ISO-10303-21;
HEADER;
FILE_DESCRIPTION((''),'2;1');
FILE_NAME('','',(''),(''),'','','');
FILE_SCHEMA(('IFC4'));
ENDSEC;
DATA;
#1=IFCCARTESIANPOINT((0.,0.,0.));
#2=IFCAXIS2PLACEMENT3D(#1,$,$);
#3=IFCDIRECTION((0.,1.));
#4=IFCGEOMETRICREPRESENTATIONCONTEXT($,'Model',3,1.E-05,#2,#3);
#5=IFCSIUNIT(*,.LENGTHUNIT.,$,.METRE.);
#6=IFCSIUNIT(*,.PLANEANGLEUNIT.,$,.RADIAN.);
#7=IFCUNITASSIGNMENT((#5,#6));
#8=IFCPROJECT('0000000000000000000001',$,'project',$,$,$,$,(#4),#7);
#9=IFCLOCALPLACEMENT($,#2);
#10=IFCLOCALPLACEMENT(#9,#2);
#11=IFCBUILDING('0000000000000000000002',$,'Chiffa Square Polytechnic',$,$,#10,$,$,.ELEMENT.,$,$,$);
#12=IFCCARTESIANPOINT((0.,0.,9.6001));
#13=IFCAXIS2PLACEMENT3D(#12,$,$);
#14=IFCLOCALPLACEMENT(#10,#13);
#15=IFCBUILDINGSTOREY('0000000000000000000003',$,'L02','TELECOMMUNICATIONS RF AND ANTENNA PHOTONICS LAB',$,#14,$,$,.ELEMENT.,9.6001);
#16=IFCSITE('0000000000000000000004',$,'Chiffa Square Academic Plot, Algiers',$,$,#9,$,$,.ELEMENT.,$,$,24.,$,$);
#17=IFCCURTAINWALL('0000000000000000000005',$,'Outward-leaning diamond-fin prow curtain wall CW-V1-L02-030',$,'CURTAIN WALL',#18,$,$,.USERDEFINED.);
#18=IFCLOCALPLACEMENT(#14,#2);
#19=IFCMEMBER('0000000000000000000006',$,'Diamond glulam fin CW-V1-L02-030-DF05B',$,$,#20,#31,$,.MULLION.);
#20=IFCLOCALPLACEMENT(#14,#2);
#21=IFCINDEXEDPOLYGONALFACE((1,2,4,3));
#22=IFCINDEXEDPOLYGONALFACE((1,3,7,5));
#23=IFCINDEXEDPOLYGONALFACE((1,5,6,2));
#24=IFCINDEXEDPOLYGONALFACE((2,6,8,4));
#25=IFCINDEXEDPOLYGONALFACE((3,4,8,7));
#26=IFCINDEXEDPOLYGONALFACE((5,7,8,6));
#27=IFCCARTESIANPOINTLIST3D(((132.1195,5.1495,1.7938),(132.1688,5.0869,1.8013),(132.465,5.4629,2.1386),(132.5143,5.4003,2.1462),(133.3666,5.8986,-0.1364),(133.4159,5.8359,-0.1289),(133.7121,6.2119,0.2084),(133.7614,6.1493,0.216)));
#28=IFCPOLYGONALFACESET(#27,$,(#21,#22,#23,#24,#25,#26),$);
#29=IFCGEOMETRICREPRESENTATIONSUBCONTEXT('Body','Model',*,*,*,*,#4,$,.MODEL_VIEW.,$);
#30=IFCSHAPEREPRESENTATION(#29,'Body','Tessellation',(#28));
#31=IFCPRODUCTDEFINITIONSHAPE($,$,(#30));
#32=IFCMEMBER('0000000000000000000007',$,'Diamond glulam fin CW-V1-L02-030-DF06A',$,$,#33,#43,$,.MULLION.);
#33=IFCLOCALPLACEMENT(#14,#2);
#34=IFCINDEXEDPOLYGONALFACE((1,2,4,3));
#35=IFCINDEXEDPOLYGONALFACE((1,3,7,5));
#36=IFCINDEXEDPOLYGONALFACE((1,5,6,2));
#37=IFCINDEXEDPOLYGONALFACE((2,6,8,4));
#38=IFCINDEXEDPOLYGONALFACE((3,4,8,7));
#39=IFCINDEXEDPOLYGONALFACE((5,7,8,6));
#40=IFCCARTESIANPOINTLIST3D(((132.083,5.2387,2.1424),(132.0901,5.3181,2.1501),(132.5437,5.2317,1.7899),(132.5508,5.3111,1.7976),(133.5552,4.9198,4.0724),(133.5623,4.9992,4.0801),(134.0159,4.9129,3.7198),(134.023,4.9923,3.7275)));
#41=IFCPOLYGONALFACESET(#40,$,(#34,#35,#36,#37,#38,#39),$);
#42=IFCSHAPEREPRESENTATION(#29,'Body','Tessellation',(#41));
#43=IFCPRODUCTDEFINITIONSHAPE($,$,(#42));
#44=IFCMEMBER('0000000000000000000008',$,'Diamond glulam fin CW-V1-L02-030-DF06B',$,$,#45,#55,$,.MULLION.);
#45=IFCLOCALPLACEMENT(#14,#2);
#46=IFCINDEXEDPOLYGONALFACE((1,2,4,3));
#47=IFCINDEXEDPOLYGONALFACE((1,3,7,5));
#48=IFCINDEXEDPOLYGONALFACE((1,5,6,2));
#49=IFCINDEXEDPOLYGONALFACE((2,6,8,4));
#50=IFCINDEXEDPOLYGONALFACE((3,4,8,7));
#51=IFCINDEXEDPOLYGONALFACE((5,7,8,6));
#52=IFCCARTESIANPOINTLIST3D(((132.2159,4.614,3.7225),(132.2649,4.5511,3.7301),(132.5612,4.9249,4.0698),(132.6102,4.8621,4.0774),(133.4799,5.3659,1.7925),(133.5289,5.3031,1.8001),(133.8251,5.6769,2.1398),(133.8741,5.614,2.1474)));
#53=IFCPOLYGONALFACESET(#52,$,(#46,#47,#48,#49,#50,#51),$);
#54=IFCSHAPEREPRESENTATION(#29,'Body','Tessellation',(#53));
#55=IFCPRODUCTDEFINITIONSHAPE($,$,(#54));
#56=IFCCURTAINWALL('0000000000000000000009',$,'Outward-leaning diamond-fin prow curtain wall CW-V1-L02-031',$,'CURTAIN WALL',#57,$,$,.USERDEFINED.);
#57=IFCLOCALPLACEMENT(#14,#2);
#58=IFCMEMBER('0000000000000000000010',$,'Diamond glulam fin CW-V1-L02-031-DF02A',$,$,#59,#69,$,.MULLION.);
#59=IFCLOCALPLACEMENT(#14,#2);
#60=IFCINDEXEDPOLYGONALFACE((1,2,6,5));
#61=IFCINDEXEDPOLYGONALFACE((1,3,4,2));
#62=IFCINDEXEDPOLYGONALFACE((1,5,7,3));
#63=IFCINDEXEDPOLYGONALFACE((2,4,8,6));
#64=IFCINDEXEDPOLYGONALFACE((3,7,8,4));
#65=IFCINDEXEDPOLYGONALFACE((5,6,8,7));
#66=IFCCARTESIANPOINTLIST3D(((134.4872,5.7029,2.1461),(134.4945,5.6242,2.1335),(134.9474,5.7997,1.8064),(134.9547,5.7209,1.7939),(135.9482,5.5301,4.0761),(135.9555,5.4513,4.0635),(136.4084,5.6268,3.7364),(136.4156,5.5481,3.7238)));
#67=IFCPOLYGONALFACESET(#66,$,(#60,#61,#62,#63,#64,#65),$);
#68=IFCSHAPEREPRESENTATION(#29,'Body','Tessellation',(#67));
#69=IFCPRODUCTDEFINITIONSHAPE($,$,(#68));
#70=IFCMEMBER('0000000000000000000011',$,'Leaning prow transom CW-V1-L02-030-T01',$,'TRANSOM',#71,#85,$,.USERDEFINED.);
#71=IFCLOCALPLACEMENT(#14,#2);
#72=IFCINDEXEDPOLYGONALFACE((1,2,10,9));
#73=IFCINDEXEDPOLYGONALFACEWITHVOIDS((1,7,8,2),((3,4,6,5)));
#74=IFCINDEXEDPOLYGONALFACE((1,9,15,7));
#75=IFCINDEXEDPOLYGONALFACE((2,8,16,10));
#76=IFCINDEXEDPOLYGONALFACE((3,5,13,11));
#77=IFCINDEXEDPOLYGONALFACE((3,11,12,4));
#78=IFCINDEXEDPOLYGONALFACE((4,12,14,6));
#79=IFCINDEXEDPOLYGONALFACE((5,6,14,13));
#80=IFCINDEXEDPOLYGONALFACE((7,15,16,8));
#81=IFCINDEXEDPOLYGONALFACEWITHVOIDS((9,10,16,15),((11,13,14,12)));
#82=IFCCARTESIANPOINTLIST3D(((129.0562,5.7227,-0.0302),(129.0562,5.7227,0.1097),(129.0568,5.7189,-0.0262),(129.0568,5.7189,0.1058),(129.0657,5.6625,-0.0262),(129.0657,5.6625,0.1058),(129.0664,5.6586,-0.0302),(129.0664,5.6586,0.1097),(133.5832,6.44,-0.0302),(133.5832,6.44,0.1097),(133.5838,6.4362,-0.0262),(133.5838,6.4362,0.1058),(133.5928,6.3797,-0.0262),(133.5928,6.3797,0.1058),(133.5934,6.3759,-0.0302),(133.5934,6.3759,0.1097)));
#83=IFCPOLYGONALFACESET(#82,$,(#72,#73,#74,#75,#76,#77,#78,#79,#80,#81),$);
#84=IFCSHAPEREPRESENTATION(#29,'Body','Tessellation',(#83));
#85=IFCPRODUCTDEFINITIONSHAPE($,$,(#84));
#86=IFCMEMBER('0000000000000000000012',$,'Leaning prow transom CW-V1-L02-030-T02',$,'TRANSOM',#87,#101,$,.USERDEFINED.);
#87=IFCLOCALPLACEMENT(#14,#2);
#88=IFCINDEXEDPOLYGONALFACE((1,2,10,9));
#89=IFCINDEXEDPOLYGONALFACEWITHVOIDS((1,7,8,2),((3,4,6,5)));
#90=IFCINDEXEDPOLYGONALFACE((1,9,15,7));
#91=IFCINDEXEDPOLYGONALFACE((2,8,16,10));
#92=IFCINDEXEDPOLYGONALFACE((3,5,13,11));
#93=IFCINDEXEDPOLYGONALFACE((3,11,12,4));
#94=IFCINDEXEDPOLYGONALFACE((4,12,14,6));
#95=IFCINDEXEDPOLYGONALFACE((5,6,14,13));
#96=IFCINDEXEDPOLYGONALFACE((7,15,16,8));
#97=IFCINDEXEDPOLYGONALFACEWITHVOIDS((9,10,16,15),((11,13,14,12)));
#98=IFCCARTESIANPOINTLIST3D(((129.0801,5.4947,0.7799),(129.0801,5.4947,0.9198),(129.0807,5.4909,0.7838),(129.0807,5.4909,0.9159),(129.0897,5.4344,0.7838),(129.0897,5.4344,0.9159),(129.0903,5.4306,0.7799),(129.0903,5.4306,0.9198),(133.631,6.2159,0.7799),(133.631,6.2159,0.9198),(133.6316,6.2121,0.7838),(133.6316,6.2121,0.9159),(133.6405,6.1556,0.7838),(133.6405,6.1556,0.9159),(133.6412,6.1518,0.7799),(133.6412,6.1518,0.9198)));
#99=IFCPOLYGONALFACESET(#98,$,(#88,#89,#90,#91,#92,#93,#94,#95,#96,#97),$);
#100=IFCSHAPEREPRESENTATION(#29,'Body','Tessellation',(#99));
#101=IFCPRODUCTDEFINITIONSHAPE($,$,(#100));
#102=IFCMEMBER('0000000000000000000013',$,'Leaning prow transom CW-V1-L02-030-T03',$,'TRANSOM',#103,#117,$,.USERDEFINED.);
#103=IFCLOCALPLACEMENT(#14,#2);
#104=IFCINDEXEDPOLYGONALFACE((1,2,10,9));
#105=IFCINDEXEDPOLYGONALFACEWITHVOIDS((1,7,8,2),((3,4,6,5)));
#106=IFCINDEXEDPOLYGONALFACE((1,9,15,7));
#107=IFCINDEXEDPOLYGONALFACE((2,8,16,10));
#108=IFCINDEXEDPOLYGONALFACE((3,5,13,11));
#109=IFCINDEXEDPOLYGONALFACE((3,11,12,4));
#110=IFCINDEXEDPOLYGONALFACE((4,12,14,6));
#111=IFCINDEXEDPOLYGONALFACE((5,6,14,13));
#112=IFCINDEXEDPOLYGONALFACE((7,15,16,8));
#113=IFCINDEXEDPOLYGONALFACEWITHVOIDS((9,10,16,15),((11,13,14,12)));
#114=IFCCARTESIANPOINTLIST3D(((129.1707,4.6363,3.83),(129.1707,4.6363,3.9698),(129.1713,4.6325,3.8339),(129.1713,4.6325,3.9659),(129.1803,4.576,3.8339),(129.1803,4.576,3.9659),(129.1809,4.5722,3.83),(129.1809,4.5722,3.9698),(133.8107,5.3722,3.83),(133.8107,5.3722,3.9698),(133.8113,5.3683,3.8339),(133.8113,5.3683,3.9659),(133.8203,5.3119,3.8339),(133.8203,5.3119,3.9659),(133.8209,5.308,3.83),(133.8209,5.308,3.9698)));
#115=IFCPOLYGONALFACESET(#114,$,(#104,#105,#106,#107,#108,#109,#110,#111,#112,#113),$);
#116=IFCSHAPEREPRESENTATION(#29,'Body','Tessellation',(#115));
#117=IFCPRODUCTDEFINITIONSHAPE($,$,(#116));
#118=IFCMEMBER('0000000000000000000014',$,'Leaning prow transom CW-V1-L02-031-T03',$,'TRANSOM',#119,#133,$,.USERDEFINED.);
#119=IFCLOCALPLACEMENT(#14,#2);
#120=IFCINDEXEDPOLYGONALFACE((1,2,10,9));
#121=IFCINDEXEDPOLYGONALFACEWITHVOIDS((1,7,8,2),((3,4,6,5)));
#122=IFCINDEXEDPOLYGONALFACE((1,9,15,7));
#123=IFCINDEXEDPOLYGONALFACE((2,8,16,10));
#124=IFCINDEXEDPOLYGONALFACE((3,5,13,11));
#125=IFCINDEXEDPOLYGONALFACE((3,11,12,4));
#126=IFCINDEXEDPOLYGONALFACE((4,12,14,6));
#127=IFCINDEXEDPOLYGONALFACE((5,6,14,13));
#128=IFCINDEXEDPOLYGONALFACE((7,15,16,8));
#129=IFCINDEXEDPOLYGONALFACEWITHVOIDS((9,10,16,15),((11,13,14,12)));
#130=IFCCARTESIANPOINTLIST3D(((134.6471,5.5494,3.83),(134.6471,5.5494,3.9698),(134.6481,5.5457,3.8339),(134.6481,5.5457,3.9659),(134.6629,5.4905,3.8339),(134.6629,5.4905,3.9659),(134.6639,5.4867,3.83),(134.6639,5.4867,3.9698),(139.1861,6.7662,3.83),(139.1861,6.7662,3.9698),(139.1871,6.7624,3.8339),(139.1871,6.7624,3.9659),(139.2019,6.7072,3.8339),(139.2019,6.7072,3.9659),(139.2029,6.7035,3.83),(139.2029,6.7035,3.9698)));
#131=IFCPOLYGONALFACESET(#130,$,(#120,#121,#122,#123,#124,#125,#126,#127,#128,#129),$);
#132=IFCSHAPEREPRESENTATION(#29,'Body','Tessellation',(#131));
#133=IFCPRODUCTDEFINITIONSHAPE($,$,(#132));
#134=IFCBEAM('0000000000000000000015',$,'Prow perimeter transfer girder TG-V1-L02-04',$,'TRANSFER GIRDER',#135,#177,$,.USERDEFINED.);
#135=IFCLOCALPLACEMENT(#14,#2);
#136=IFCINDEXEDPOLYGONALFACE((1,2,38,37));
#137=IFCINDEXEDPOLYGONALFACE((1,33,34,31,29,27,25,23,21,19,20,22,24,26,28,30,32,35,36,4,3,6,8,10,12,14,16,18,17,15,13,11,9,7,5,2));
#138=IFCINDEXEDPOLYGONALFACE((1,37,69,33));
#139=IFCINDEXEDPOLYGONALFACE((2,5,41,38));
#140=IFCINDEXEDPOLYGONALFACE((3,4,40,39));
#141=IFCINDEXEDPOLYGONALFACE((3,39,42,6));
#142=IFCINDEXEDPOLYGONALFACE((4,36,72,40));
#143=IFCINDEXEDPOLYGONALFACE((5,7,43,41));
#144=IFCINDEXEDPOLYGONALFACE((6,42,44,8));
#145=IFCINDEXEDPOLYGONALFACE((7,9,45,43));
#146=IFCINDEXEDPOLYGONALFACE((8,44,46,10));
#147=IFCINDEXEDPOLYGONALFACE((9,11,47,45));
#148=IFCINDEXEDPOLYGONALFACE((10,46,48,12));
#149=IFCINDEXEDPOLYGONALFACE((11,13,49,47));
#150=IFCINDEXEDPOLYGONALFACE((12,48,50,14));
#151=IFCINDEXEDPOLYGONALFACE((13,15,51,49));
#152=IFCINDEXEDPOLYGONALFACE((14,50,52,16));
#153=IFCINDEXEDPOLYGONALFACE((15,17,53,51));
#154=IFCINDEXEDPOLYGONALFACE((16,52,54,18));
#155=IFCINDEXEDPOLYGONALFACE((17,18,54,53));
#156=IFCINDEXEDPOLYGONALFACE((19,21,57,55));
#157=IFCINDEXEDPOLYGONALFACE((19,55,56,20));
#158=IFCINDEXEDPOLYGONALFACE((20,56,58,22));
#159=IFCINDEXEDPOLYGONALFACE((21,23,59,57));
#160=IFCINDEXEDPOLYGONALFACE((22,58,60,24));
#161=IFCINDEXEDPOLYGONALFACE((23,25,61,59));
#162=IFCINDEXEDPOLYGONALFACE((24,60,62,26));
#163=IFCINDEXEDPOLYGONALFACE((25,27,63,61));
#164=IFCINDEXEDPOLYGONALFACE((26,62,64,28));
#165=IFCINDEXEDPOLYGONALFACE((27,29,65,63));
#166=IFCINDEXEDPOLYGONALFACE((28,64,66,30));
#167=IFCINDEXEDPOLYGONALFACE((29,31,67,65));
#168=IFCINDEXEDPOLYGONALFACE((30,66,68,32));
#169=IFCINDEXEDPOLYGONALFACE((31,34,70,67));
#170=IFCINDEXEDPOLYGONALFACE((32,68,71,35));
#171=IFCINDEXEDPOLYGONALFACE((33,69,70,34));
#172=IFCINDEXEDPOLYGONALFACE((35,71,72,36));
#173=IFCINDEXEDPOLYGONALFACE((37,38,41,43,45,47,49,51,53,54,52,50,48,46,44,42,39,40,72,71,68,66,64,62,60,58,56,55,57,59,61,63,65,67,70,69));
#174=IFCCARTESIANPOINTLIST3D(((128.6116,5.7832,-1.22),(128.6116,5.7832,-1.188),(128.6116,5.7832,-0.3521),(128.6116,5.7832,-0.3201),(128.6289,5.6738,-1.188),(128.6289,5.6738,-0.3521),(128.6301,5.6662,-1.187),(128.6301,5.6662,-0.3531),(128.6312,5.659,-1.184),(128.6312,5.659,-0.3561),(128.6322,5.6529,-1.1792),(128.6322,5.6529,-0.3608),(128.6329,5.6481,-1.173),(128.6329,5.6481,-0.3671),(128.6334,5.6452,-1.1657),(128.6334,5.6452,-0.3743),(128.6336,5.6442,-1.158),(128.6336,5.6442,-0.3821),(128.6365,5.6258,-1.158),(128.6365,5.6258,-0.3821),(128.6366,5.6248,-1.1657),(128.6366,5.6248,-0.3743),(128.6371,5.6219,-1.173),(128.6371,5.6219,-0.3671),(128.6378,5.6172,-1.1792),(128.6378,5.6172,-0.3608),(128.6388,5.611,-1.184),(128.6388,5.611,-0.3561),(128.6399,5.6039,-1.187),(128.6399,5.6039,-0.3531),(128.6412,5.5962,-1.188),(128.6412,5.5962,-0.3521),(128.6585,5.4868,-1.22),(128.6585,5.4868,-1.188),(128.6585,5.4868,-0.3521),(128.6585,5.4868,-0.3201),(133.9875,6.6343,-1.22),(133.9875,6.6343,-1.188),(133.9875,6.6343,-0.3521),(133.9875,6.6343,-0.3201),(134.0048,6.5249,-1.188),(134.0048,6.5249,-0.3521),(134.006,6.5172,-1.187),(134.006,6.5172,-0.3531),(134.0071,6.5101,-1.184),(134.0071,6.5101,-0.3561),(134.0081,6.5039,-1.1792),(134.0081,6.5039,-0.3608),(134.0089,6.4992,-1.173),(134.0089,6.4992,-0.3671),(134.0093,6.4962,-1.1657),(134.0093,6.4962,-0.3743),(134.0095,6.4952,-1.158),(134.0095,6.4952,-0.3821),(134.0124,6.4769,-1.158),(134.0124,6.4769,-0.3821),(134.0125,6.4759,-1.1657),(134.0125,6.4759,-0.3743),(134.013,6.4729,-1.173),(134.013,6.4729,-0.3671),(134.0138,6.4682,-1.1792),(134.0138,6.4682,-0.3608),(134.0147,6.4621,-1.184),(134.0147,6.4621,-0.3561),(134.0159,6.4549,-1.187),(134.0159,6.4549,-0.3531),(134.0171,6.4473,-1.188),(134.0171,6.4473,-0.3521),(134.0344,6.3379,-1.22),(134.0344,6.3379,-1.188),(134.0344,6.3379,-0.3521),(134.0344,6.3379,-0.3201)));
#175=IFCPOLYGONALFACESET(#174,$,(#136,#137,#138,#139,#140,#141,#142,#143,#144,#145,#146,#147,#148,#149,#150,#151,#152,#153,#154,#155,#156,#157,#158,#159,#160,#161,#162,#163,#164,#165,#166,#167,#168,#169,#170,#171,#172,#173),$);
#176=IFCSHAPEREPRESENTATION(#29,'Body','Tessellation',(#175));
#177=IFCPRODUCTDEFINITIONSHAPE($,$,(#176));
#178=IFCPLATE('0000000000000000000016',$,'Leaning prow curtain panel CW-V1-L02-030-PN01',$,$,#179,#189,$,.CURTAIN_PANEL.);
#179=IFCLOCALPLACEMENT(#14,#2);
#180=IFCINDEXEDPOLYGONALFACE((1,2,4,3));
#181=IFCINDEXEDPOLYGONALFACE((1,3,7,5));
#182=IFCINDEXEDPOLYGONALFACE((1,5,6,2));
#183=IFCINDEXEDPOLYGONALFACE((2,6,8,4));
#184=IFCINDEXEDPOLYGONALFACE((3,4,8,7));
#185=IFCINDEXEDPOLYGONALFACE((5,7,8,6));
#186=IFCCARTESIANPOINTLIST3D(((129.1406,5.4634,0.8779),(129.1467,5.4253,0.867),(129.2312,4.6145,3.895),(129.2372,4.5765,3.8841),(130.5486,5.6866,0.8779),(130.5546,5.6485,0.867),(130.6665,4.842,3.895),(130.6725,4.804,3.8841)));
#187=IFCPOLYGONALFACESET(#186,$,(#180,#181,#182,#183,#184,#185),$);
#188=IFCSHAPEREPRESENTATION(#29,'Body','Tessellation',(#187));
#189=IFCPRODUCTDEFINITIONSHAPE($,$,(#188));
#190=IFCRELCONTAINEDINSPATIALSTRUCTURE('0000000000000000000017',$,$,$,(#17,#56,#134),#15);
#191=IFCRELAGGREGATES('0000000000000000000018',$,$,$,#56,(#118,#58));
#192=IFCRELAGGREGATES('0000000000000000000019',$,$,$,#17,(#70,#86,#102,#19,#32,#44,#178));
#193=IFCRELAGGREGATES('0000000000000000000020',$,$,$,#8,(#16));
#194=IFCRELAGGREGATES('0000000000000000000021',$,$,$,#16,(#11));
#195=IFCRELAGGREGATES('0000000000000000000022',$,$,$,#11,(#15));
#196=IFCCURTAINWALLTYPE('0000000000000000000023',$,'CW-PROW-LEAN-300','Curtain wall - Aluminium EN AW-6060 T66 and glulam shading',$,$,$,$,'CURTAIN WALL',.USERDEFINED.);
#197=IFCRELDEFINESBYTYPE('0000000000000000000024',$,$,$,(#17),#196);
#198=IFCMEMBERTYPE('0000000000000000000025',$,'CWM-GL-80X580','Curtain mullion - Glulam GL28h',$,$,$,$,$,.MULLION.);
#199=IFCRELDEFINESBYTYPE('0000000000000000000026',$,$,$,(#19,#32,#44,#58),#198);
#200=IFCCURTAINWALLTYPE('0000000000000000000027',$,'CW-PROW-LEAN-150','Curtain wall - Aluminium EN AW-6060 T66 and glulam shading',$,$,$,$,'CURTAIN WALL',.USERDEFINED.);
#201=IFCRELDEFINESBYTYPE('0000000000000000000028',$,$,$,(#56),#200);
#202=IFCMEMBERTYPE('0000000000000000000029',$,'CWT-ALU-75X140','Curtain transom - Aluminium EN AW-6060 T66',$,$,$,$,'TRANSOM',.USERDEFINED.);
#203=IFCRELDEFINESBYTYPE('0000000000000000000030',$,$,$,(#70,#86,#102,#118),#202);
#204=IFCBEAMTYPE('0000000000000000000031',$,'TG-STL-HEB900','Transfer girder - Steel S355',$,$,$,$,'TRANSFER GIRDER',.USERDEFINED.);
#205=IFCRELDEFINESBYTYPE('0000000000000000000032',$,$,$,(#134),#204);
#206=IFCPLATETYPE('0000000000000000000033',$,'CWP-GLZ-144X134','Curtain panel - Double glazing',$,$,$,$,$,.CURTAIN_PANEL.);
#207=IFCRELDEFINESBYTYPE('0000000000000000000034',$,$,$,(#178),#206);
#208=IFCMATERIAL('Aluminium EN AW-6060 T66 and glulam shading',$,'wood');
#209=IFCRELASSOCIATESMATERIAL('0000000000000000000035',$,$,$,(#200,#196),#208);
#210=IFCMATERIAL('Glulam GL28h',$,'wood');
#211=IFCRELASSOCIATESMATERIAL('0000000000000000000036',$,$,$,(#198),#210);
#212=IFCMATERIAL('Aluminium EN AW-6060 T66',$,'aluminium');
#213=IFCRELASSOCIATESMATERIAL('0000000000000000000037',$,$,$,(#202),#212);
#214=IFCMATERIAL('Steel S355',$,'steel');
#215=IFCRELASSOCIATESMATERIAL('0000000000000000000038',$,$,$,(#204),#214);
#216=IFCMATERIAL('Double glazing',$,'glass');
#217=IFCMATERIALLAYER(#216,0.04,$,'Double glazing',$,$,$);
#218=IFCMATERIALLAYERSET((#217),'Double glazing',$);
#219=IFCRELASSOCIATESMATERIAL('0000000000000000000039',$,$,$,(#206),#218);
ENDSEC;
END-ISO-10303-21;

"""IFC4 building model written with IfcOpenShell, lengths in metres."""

from ifc_helpers import new_model, si_unit, direction, frame, origin, origin_2d, place, context, subcontext, project, spatial, polyline, rectangle, hollow_rectangle, i_section, outline, extrude, material, layer, layer_set, material_profile, profile_set, type_object, element, aggregate, save


model = new_model("IFC4")

# Units and contexts
model_context = context("Model", 3, precision=1e-05, world=origin(), true_north=direction((0.0, 1.0)))
body_context = subcontext(model_context, "Body", "Model", "MODEL_VIEW")
ifc_project = project(units=[si_unit("LENGTHUNIT", "METRE"), si_unit("PLANEANGLEUNIT", "RADIAN")], contexts=[model_context])

# Site, building, storey
site_placement = place(None, origin())
site = spatial("IfcSite", under=ifc_project, at=site_placement, Name="Chiffa Square Academic Plot, Algiers", CompositionType="ELEMENT", RefElevation=24.0)
building_placement = place(site_placement, origin())
building = spatial("IfcBuilding", under=site, at=building_placement, Name="Chiffa Square Polytechnic", CompositionType="ELEMENT")
storey_placement = place(building_placement, frame((0.0, 0.0, 9.6001)))
storey = spatial("IfcBuildingStorey", under=building, at=storey_placement, Name="L02", Description="TELECOMMUNICATIONS RF AND ANTENNA PHOTONICS LAB", CompositionType="ELEMENT", Elevation=9.6001)

# Shared definitions
ifc_material_1 = material(Name="Aluminium EN AW-6060 T66 and glulam shading", Category="wood")
curtain_wall_type_1 = type_object("IfcCurtainWallType", Name="CW-PROW-LEAN-150", Description="Curtain wall - Aluminium EN AW-6060 T66 and glulam shading", ElementType="CURTAIN WALL", PredefinedType="USERDEFINED", material=ifc_material_1)
ifc_material_2 = material(Name="Aluminium EN AW-6060 T66", Category="aluminium")

# Curtain wall, members
curtain_wall_type_2 = type_object("IfcCurtainWallType", Name="CW-PROW-LEAN-300", Description="Curtain wall - Aluminium EN AW-6060 T66 and glulam shading", ElementType="CURTAIN WALL", PredefinedType="USERDEFINED", material=ifc_material_1)
curtain_wall_1_placement = place(storey_placement, origin())
curtain_wall_1 = element("IfcCurtainWall", 1, at=curtain_wall_1_placement, inside=storey, type_object=curtain_wall_type_2, Name="Outward-leaning diamond-fin prow curtain wall CW-V1-L02-030", ObjectType="CURTAIN WALL", PredefinedType="USERDEFINED")
ifc_material_3 = material(Name="Glulam GL28h", Category="wood")
ifc_material_profile_1 = material_profile(ifc_material_3, rectangle(XDim=0.0801, YDim=0.5801, at=origin_2d()), Name="GL28h 80x580")
ifc_profile_set_1 = profile_set([ifc_material_profile_1], Name="Glulam GL28h")
member_type_1 = type_object("IfcMemberType", Name="CWM-GL-80X580", Description="Curtain mullion - Glulam GL28h", PredefinedType="MULLION", material=ifc_profile_set_1)
member_1_placement = place(storey_placement, frame((133.564, 6.0239, 0.0398), z_axis=(-0.515962, -0.3099, 0.798589), x_axis=(0.615646, -0.782378, 0.094154)))
member_1 = element("IfcMember", 2, at=member_1_placement, type_object=member_type_1, Name="Diamond glulam fin CW-V1-L02-030-DF05B", PredefinedType="MULLION", context=body_context, shape_type="SweptSolid", body=[
    extrude(rectangle(XDim=0.0801, YDim=0.5801, at=origin_2d()), origin(), (0.0, 0.0, 1.0), 2.417),
])
member_2_placement = place(storey_placement, frame((132.3169, 5.2749, 1.97), z_axis=(0.601332, -0.130239, 0.788313), x_axis=(0.088545, 0.991411, 0.09625)))
member_2 = element("IfcMember", 3, at=member_2_placement, type_object=member_type_1, Name="Diamond glulam fin CW-V1-L02-030-DF06A", PredefinedType="MULLION", context=body_context, shape_type="SweptSolid", body=[
    extrude(rectangle(XDim=0.0801, YDim=0.5801, at=origin_2d()), origin(), (0.0, 0.0, 1.0), 2.4482),
])
member_3_placement = place(storey_placement, frame((133.677, 5.49, 1.97), z_axis=(-0.520896, -0.309901, 0.79538), x_axis=(0.611931, -0.785207, 0.094817)))
member_3 = element("IfcMember", 4, at=member_3_placement, type_object=member_type_1, Name="Diamond glulam fin CW-V1-L02-030-DF06B", PredefinedType="MULLION", context=body_context, shape_type="SweptSolid", body=[
    extrude(rectangle(XDim=0.0801, YDim=0.5801, at=origin_2d()), origin(), (0.0, 0.0, 1.0), 2.4265),
])

# Curtain wall, member
curtain_wall_2_placement = place(storey_placement, origin())
curtain_wall_2 = element("IfcCurtainWall", 5, at=curtain_wall_2_placement, inside=storey, type_object=curtain_wall_type_1, Name="Outward-leaning diamond-fin prow curtain wall CW-V1-L02-031", ObjectType="CURTAIN WALL", PredefinedType="USERDEFINED")
member_4_placement = place(storey_placement, frame((134.7209, 5.7119, 1.97), z_axis=(0.602027, -0.071229, 0.795292), x_axis=(-0.090919, 0.98342, 0.156903)))
member_4 = element("IfcMember", 6, at=member_4_placement, type_object=member_type_1, Name="Diamond glulam fin CW-V1-L02-031-DF02A", PredefinedType="MULLION", context=body_context, shape_type="SweptSolid", body=[
    extrude(rectangle(XDim=0.0801, YDim=0.5801, at=origin_2d()), origin(), (0.0, 0.0, 1.0), 2.4268),
])

# Members
ifc_material_profile_2 = material_profile(ifc_material_2, hollow_rectangle(XDim=0.0649, YDim=0.1399, WallThickness=0.0039, at=origin_2d()), Name="ALU 65x140x4")
ifc_profile_set_2 = profile_set([ifc_material_profile_2], Name="Aluminium EN AW-6060 T66")
member_type_2 = type_object("IfcMemberType", Name="CWT-ALU-75X140", Description="Curtain transom - Aluminium EN AW-6060 T66", ElementType="TRANSOM", PredefinedType="USERDEFINED", material=ifc_profile_set_2)
member_5_placement = place(storey_placement, frame((129.0613, 5.6907, 0.0398), z_axis=(0.987679, 0.15649, 0.0), x_axis=(-0.15649, 0.987679, 0.0)))
member_5 = element("IfcMember", 7, at=member_5_placement, type_object=member_type_2, Name="Leaning prow transom CW-V1-L02-030-T01", ObjectType="TRANSOM", PredefinedType="USERDEFINED", context=body_context, shape_type="SweptSolid", body=[
    extrude(hollow_rectangle(XDim=0.0649, YDim=0.1399, WallThickness=0.0039, at=origin_2d()), origin(), (0.0, 0.0, 1.0), 4.5835),
])
member_6_placement = place(storey_placement, frame((129.0852, 5.4626, 0.8499), z_axis=(0.987674, 0.156523, 0.0), x_axis=(-0.156523, 0.987674, 0.0)))
member_6 = element("IfcMember", 8, at=member_6_placement, type_object=member_type_2, Name="Leaning prow transom CW-V1-L02-030-T02", ObjectType="TRANSOM", PredefinedType="USERDEFINED", context=body_context, shape_type="SweptSolid", body=[
    extrude(hollow_rectangle(XDim=0.0649, YDim=0.1399, WallThickness=0.0039, at=origin_2d()), origin(), (0.0, 0.0, 1.0), 4.6077),
])
member_7_placement = place(storey_placement, frame((129.1758, 4.6042, 3.8999), z_axis=(0.987657, 0.156632, 0.0), x_axis=(-0.156632, 0.987657, 0.0)))
member_7 = element("IfcMember", 9, at=member_7_placement, type_object=member_type_2, Name="Leaning prow transom CW-V1-L02-030-T03", ObjectType="TRANSOM", PredefinedType="USERDEFINED", context=body_context, shape_type="SweptSolid", body=[
    extrude(hollow_rectangle(XDim=0.0649, YDim=0.1399, WallThickness=0.0039, at=origin_2d()), origin(), (0.0, 0.0, 1.0), 4.698),
])
member_8_placement = place(storey_placement, frame((134.6555, 5.5181, 3.8999), z_axis=(0.965896, 0.25893, 0.0), x_axis=(-0.25893, 0.965896, 0.0)))
member_8 = element("IfcMember", 10, at=member_8_placement, type_object=member_type_2, Name="Leaning prow transom CW-V1-L02-031-T03", ObjectType="TRANSOM", PredefinedType="USERDEFINED", context=body_context, shape_type="SweptSolid", body=[
    extrude(hollow_rectangle(XDim=0.0649, YDim=0.1399, WallThickness=0.0039, at=origin_2d()), origin(), (0.0, 0.0, 1.0), 4.6992),
])
aggregate(curtain_wall_2, [member_8, member_4])

# Beam
ifc_material_4 = material(Name="Steel S355", Category="steel")
ifc_material_profile_3 = material_profile(ifc_material_4, i_section(OverallWidth=0.3, OverallDepth=0.8999, WebThickness=0.0186, FlangeThickness=0.032, FilletRadius=0.03, at=origin_2d()), Name="HEB 900")
ifc_profile_set_3 = profile_set([ifc_material_profile_3], Name="Steel S355")
beam_type = type_object("IfcBeamType", Name="TG-STL-HEB900", Description="Transfer girder - Steel S355", ElementType="TRANSFER GIRDER", PredefinedType="USERDEFINED", material=ifc_profile_set_3)
beam_placement = place(storey_placement, frame((128.635, 5.635, -0.77), z_axis=(0.9877, 0.156363, 0.0), x_axis=(-0.156363, 0.9877, 0.0)))
element("IfcBeam", 11, at=beam_placement, inside=storey, type_object=beam_type, Name="Prow perimeter transfer girder TG-V1-L02-04", ObjectType="TRANSFER GIRDER", PredefinedType="USERDEFINED", context=body_context, shape_type="SweptSolid", body=[
    extrude(i_section(OverallWidth=0.3, OverallDepth=0.8999, WebThickness=0.0186, FlangeThickness=0.032, FilletRadius=0.03, at=origin_2d()), origin(), (0.0, 0.0, 1.0), 5.4429),
])

# Plate
ifc_material_5 = material(Name="Double glazing", Category="glass")
ifc_layer_1 = layer(ifc_material_5, 0.04, Name="Double glazing")
ifc_layer_set_1 = layer_set([ifc_layer_1], Name="Double glazing")
plate_type_1 = type_object("IfcPlateType", Name="CWP-GLZ-144X134", Description="Curtain panel - Double glazing", PredefinedType="CURTAIN_PANEL", material=ifc_layer_set_1)
plate_1_placement = place(storey_placement, frame((129.1406, 5.4634, 0.8779), z_axis=(-0.150655, 0.950451, 0.271929), x_axis=(0.98767, 0.156553, 0.000005)))
plate_1 = element("IfcPlate", 12, at=plate_1_placement, type_object=plate_type_1, Name="Leaning prow curtain panel CW-V1-L02-030-PN01", PredefinedType="CURTAIN_PANEL", context=body_context, shape_type="SweptSolid", body=[
    extrude(outline(polyline([(0.0, 0.0), (1.4255, 0.0), (1.4098, -3.1352), (-0.0434, -3.1352), (0.0, 0.0)])), origin(), (0.0, 0.0, -1.0), 0.04),
])
aggregate(curtain_wall_1, [member_5, member_6, member_7, member_1, member_2, member_3, plate_1])

save(model, "model.ifc")
